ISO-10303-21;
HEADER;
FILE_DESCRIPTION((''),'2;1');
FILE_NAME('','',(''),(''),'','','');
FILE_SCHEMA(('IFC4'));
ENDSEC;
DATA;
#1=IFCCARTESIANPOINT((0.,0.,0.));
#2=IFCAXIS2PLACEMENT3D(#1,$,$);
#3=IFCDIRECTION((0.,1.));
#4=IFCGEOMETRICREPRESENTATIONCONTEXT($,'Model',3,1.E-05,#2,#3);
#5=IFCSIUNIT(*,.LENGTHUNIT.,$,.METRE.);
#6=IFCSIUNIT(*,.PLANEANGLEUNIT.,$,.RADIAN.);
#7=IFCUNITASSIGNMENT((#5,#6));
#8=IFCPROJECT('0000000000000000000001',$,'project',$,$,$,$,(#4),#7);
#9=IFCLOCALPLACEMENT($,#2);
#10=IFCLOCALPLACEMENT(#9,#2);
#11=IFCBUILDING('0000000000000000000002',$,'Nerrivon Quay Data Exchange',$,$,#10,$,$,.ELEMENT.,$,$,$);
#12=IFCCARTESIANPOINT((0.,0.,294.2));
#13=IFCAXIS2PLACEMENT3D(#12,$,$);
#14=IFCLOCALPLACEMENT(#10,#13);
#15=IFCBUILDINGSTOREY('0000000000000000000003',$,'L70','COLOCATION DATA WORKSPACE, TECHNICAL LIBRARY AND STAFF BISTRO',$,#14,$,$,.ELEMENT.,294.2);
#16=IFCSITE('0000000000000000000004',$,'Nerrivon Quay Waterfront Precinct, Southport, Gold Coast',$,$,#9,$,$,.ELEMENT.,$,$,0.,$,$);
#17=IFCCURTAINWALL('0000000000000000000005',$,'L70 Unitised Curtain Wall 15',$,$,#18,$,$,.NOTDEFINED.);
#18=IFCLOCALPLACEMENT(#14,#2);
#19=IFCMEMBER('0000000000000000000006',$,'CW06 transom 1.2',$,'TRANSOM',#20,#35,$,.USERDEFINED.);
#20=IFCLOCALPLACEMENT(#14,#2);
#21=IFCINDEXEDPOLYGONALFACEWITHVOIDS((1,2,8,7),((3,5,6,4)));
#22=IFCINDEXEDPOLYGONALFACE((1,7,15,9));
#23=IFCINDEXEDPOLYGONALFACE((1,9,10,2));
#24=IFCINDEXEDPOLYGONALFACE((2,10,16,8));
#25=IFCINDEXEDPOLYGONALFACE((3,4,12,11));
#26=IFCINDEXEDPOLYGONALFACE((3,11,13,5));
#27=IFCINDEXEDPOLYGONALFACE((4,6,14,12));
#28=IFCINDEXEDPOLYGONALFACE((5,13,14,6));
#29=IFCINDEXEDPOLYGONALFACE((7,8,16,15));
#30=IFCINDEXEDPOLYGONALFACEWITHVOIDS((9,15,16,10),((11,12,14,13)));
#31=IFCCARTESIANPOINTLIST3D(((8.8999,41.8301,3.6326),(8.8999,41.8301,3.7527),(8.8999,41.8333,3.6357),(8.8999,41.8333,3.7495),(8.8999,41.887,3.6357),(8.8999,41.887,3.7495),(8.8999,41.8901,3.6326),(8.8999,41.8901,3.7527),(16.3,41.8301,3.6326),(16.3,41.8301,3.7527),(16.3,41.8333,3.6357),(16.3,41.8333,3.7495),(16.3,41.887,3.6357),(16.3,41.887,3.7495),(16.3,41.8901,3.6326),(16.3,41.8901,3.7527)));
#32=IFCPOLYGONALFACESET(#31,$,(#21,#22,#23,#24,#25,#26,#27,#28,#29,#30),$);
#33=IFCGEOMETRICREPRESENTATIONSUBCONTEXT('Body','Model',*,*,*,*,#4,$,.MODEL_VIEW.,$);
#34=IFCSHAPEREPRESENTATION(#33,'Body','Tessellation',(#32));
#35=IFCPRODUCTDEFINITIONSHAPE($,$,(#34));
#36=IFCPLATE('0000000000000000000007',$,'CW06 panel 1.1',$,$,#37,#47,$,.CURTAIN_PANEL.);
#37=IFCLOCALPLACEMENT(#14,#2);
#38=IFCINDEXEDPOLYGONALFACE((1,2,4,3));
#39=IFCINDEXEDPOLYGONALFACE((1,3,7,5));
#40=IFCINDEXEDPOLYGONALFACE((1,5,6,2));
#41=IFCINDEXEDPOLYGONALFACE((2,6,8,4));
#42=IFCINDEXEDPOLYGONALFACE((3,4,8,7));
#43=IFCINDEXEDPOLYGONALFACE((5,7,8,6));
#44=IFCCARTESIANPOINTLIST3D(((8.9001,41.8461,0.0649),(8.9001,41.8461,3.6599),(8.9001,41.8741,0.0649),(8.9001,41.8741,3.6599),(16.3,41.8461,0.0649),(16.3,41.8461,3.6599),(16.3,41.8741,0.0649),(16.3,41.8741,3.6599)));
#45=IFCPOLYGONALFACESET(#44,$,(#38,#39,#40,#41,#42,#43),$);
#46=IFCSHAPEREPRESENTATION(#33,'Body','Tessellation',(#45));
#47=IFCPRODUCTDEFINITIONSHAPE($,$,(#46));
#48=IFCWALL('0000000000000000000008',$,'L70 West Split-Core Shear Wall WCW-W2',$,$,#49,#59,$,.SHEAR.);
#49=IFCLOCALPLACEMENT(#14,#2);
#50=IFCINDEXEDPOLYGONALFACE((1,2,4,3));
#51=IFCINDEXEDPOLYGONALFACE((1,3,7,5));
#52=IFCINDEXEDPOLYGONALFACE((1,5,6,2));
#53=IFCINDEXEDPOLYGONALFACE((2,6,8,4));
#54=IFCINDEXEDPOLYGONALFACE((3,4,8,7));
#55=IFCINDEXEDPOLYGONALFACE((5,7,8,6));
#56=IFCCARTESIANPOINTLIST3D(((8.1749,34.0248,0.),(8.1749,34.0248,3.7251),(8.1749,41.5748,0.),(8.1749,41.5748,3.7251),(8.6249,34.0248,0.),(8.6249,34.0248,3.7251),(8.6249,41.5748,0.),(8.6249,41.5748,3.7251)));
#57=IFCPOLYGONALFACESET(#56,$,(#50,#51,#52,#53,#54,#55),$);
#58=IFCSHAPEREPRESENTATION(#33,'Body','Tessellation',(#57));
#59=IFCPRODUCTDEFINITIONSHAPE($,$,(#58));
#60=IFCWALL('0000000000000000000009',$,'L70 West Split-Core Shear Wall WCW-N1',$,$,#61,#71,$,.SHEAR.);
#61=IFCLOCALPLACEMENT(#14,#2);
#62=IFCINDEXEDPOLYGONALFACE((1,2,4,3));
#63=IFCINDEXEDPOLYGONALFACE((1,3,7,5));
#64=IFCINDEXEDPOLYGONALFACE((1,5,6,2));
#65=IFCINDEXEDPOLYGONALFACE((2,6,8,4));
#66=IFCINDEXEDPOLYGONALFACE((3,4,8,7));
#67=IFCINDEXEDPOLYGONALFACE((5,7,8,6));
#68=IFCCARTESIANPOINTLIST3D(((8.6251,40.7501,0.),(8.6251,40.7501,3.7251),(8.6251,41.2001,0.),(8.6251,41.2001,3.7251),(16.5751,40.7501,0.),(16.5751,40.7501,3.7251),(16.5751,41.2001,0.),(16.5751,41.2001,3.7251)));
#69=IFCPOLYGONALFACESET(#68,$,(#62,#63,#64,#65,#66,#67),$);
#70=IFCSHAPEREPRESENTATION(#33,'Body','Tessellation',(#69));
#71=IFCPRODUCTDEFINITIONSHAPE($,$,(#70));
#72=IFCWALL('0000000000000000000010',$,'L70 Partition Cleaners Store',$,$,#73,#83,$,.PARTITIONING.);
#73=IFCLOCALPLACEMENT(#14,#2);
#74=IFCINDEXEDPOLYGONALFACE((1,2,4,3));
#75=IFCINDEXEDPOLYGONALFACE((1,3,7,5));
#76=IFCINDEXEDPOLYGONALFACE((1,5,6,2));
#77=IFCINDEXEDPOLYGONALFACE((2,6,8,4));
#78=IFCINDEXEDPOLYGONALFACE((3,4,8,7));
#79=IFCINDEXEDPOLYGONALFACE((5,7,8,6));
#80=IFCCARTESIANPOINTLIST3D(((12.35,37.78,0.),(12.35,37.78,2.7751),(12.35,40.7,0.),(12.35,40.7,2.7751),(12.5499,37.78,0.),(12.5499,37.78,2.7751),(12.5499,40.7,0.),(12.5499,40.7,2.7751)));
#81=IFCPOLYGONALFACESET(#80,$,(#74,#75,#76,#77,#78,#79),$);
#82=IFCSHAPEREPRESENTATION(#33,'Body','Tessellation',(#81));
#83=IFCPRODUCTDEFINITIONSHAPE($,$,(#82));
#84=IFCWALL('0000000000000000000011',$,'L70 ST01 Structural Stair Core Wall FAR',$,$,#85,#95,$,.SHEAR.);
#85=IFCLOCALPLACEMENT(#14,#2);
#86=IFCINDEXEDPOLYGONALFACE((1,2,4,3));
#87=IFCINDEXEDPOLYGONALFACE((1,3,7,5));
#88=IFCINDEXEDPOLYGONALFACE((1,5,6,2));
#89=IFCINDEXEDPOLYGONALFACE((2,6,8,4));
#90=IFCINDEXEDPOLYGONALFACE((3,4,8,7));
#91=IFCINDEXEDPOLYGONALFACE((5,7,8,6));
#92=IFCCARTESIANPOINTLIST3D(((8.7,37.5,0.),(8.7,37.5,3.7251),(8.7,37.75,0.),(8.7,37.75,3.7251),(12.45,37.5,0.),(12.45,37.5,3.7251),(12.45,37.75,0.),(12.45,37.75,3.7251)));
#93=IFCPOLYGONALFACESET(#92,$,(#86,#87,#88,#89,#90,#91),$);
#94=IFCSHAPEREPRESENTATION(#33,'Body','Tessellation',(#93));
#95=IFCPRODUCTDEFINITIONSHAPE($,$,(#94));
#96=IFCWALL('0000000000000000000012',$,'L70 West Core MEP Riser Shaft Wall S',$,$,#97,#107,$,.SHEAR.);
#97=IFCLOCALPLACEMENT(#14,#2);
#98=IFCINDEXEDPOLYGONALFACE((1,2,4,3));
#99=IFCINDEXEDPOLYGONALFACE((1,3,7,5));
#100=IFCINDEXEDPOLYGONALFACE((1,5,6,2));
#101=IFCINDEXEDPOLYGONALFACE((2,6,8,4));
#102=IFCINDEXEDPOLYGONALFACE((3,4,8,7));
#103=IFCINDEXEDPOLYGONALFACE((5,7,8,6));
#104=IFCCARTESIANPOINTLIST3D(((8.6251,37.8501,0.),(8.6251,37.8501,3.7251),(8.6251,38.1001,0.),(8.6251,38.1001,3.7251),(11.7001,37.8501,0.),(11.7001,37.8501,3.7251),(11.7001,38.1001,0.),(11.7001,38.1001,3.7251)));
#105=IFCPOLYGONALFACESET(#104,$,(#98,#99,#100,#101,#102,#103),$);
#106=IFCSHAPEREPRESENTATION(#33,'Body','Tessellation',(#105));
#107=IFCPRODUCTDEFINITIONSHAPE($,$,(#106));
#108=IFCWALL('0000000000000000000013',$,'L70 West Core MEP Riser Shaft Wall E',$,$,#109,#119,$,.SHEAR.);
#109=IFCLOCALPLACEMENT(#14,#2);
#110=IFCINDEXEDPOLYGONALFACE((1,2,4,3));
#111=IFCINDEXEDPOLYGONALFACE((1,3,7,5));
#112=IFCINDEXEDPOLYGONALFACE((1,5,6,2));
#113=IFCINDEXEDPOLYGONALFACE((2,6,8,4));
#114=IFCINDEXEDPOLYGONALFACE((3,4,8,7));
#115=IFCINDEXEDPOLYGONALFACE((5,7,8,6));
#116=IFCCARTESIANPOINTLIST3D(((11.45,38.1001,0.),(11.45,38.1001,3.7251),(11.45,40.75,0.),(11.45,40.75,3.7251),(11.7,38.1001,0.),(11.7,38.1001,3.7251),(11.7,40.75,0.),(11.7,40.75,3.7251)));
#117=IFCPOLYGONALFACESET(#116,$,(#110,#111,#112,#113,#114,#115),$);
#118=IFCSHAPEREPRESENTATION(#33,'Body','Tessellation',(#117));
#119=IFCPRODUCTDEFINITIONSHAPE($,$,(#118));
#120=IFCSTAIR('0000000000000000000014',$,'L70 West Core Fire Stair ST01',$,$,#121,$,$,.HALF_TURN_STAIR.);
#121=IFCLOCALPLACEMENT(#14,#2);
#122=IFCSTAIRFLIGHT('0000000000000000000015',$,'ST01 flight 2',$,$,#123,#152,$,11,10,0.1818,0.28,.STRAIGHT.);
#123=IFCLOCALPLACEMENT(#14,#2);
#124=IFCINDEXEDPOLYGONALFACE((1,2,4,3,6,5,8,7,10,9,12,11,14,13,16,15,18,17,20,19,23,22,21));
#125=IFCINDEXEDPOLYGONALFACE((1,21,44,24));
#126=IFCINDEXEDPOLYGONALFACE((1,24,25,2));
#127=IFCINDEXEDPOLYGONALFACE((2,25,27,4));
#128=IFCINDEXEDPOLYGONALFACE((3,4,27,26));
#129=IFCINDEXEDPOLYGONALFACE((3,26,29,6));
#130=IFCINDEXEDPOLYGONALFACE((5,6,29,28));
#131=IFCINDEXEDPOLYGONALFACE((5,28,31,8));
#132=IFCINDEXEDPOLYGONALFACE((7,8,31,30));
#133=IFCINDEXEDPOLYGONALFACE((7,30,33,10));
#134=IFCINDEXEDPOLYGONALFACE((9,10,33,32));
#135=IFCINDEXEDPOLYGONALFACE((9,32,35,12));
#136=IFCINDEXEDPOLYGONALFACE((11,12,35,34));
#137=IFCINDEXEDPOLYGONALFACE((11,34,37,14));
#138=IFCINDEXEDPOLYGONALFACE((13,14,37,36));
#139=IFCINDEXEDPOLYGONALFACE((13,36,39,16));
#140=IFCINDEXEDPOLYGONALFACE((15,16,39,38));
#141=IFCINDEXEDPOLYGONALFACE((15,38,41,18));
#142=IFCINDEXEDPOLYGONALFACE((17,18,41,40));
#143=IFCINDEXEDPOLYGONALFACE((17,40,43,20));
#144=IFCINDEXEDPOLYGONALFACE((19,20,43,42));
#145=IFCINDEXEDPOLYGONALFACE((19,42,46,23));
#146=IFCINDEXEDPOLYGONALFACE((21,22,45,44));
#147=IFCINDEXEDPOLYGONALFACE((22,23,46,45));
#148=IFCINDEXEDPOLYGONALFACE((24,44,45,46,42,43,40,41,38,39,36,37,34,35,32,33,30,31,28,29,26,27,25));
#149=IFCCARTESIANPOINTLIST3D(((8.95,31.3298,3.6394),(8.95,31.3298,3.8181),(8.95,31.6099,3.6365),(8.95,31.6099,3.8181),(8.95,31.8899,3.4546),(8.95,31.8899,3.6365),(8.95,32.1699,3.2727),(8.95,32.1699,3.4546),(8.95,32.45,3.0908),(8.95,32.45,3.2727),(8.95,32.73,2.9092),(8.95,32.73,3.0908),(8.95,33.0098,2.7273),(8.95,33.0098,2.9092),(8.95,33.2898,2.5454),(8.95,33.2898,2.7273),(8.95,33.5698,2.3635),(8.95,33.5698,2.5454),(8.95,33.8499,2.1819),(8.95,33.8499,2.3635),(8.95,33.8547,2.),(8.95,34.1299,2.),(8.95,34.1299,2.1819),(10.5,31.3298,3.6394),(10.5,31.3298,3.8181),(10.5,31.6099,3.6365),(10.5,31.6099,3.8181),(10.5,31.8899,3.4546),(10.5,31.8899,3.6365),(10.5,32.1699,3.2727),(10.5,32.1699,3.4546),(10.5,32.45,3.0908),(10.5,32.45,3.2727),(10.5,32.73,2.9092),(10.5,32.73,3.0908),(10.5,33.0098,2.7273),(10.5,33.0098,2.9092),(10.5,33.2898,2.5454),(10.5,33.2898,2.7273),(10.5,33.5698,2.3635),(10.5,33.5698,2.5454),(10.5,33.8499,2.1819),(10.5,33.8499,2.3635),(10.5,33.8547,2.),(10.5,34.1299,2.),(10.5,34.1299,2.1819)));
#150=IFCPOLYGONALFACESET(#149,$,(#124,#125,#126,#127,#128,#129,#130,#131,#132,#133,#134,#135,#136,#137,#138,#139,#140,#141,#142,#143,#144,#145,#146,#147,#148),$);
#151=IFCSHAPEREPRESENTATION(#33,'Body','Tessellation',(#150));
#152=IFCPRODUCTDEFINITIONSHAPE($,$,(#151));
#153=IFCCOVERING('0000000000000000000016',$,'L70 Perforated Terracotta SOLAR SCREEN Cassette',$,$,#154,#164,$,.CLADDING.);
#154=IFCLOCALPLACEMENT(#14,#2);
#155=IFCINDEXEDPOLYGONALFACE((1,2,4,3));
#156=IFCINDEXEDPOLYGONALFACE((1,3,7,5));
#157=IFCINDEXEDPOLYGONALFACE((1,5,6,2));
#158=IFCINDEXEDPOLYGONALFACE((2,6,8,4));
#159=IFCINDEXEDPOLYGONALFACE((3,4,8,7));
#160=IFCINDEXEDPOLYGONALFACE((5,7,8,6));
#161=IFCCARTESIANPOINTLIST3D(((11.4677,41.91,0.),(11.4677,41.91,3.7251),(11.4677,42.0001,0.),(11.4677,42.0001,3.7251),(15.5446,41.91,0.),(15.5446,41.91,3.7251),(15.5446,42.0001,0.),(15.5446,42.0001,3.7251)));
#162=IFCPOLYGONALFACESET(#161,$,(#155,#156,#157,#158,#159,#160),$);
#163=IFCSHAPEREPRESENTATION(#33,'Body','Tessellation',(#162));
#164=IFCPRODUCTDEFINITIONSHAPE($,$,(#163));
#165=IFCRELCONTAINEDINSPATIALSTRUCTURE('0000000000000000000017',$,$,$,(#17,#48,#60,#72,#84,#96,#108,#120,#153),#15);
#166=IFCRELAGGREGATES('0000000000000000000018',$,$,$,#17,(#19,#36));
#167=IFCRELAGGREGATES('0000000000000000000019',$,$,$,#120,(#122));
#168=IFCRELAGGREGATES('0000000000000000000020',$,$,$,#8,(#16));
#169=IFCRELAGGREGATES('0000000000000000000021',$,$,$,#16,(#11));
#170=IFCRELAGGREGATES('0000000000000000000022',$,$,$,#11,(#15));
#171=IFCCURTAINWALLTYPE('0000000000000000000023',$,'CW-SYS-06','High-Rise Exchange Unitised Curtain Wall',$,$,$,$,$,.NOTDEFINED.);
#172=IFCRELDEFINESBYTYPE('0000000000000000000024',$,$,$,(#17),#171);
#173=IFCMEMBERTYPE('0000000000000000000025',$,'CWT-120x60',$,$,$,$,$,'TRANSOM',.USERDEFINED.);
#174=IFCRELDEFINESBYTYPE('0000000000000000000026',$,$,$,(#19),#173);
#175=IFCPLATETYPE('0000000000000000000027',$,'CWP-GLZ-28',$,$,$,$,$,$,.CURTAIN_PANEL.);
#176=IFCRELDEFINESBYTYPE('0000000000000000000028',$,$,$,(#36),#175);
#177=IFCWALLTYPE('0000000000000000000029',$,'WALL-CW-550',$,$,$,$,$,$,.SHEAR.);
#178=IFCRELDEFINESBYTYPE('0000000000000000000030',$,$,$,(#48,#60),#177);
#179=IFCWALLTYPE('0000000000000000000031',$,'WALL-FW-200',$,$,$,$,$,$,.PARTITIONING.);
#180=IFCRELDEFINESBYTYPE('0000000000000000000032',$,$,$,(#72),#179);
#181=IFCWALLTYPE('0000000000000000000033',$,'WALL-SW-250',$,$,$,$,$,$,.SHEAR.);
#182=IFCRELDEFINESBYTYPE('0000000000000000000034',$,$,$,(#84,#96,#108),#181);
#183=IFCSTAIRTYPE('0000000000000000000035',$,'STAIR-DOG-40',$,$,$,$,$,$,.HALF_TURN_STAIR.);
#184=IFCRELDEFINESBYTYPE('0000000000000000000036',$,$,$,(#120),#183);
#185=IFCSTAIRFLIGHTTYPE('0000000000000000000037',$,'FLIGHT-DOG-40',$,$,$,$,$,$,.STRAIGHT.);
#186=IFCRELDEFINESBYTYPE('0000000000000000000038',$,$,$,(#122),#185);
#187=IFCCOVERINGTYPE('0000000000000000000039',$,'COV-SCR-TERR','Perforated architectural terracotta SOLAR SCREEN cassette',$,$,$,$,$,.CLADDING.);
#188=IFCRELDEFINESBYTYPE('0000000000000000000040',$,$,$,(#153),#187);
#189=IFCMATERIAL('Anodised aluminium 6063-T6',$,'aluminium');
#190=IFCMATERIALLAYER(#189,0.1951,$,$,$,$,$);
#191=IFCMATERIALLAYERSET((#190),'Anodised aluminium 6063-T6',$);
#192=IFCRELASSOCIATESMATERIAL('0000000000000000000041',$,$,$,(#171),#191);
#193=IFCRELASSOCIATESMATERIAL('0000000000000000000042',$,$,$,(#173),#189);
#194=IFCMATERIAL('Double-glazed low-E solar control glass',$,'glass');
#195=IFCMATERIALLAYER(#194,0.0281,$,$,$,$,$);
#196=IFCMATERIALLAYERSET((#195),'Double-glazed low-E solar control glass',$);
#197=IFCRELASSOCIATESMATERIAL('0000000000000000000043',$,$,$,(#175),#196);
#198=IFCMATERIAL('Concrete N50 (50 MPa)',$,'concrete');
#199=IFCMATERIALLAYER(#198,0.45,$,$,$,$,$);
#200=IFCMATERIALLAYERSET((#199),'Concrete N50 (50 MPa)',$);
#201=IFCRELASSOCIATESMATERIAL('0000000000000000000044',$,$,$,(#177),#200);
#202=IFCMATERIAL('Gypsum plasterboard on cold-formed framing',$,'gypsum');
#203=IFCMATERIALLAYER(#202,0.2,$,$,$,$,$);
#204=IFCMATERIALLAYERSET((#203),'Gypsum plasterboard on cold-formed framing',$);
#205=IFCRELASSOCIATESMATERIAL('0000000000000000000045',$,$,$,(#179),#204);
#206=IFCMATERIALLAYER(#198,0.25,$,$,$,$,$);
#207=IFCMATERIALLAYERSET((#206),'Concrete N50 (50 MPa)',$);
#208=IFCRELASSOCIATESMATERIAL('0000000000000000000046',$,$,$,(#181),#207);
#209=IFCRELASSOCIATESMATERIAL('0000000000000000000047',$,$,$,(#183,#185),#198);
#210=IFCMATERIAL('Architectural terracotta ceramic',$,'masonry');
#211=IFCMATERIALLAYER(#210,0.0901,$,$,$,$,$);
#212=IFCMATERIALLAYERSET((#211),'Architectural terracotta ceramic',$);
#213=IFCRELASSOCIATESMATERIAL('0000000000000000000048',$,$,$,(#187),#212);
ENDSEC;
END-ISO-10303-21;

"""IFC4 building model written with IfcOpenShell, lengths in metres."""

from ifc_helpers import new_model, si_unit, direction, frame, frame_2d, origin, origin_2d, place, context, subcontext, project, spatial, polyline, rectangle, hollow_rectangle, outline, extrude, material, layer, layer_set, material_profile, profile_set, type_object, element, aggregate, save


model = new_model("IFC4")

# Units and contexts
model_context = context("Model", 3, precision=1e-05, world=origin(), true_north=direction((0.0, 1.0)))
body_context = subcontext(model_context, "Body", "Model", "MODEL_VIEW")
ifc_project = project(units=[si_unit("LENGTHUNIT", "METRE"), si_unit("PLANEANGLEUNIT", "RADIAN")], contexts=[model_context])

# Site, building, storey
site_placement = place(None, origin())
site = spatial("IfcSite", under=ifc_project, at=site_placement, Name="Nerrivon Quay Waterfront Precinct, Southport, Gold Coast", CompositionType="ELEMENT", RefElevation=0.0)
building_placement = place(site_placement, origin())
building = spatial("IfcBuilding", under=site, at=building_placement, Name="Nerrivon Quay Data Exchange", CompositionType="ELEMENT")
storey_placement = place(building_placement, frame((0.0, 0.0, 294.2)))
storey = spatial("IfcBuildingStorey", under=building, at=storey_placement, Name="L70", Description="COLOCATION DATA WORKSPACE, TECHNICAL LIBRARY AND STAFF BISTRO", CompositionType="ELEMENT", Elevation=294.2)

# Shared definitions
ifc_material_1 = material(Name="Concrete N50 (50 MPa)", Category="concrete")

# Curtain wall, member, plate
ifc_material_2 = material(Name="Anodised aluminium 6063-T6", Category="aluminium")
ifc_layer_1 = layer(ifc_material_2, 0.1951)
ifc_layer_set_1 = layer_set([ifc_layer_1], Name="Anodised aluminium 6063-T6")
curtain_wall_type = type_object("IfcCurtainWallType", Name="CW-SYS-06", Description="High-Rise Exchange Unitised Curtain Wall", PredefinedType="NOTDEFINED", material=ifc_layer_set_1)
curtain_wall_placement = place(storey_placement, origin())
curtain_wall = element("IfcCurtainWall", 1, at=curtain_wall_placement, inside=storey, type_object=curtain_wall_type, Name="L70 Unitised Curtain Wall 15", PredefinedType="NOTDEFINED")
ifc_material_profile_1 = material_profile(ifc_material_2, hollow_rectangle(XDim=0.0601, YDim=0.1201, WallThickness=0.0032, at=origin_2d()), Name="ALU-TRAN-120x60")
ifc_profile_set_1 = profile_set([ifc_material_profile_1], Name="Anodised aluminium 6063-T6")
member_type_1 = type_object("IfcMemberType", Name="CWT-120x60", ElementType="TRANSOM", PredefinedType="USERDEFINED", material=ifc_profile_set_1)
member_1_placement = place(storey_placement, frame((8.8999, 41.8601, 3.6926), z_axis=(1.0, 0.0, 0.0), x_axis=(0.0, 1.0, 0.0)))
member_1 = element("IfcMember", 2, at=member_1_placement, type_object=member_type_1, Name="CW06 transom 1.2", ObjectType="TRANSOM", PredefinedType="USERDEFINED", context=body_context, shape_type="SweptSolid", body=[
    extrude(hollow_rectangle(XDim=0.0601, YDim=0.1201, WallThickness=0.0032, at=origin_2d()), origin(), (0.0, 0.0, 1.0), 7.4001),
])
ifc_material_3 = material(Name="Double-glazed low-E solar control glass", Category="glass")
ifc_layer_2 = layer(ifc_material_3, 0.0281)
ifc_layer_set_2 = layer_set([ifc_layer_2], Name="Double-glazed low-E solar control glass")
plate_type = type_object("IfcPlateType", Name="CWP-GLZ-28", PredefinedType="CURTAIN_PANEL", material=ifc_layer_set_2)
plate_placement = place(storey_placement, frame((12.6001, 41.8601, 0.0649), z_axis=(0.0, 0.0, 1.0), x_axis=(1.0, 0.0, 0.0)))
plate = element("IfcPlate", 3, at=plate_placement, type_object=plate_type, Name="CW06 panel 1.1", PredefinedType="CURTAIN_PANEL", context=body_context, shape_type="SweptSolid", body=[
    extrude(rectangle(XDim=7.3999, YDim=0.0281, at=origin_2d()), origin(), (0.0, 0.0, 1.0), 3.595),
])
aggregate(curtain_wall, [member_1, plate])

# Walls
ifc_layer_3 = layer(ifc_material_1, 0.45)
ifc_layer_set_3 = layer_set([ifc_layer_3], Name="Concrete N50 (50 MPa)")
wall_type_1 = type_object("IfcWallType", Name="WALL-CW-550", PredefinedType="SHEAR", material=ifc_layer_set_3)
wall_1_placement = place(storey_placement, frame((8.3999, 34.0249, 0.0), z_axis=(0.0, 0.0, 1.0), x_axis=(0.0, 1.0, 0.0)))
element("IfcWall", 4, at=wall_1_placement, inside=storey, type_object=wall_type_1, Name="L70 West Split-Core Shear Wall WCW-W2", PredefinedType="SHEAR", context=body_context, shape_type="SweptSolid", body=[
    extrude(rectangle(XDim=7.55, YDim=0.45, at=frame_2d((3.7749, 0.0))), origin(), (0.0, 0.0, 1.0), 3.7251),
])
wall_2_placement = place(storey_placement, frame((8.625, 40.9751, 0.0), z_axis=(0.0, 0.0, 1.0), x_axis=(1.0, 0.0, 0.0)))
element("IfcWall", 5, at=wall_2_placement, inside=storey, type_object=wall_type_1, Name="L70 West Split-Core Shear Wall WCW-N1", PredefinedType="SHEAR", context=body_context, shape_type="SweptSolid", body=[
    extrude(rectangle(XDim=7.95, YDim=0.45, at=frame_2d((3.9751, 0.0))), origin(), (0.0, 0.0, 1.0), 3.7251),
])
ifc_material_4 = material(Name="Gypsum plasterboard on cold-formed framing", Category="gypsum")
ifc_layer_4 = layer(ifc_material_4, 0.2)
ifc_layer_set_4 = layer_set([ifc_layer_4], Name="Gypsum plasterboard on cold-formed framing")
wall_type_2 = type_object("IfcWallType", Name="WALL-FW-200", PredefinedType="PARTITIONING", material=ifc_layer_set_4)
wall_3_placement = place(storey_placement, frame((12.45, 40.7, 0.0), z_axis=(0.0, 0.0, 1.0), x_axis=(0.0, -1.0, 0.0)))
element("IfcWall", 6, at=wall_3_placement, inside=storey, type_object=wall_type_2, Name="L70 Partition Cleaners Store", PredefinedType="PARTITIONING", context=body_context, shape_type="SweptSolid", body=[
    extrude(rectangle(XDim=2.9199, YDim=0.2, at=frame_2d((1.46, 0.0))), origin(), (0.0, 0.0, 1.0), 2.7751),
])
ifc_layer_5 = layer(ifc_material_1, 0.25)
ifc_layer_set_5 = layer_set([ifc_layer_5], Name="Concrete N50 (50 MPa)")
wall_type_3 = type_object("IfcWallType", Name="WALL-SW-250", PredefinedType="SHEAR", material=ifc_layer_set_5)
wall_4_placement = place(storey_placement, frame((12.45, 37.625, 0.0), z_axis=(0.0, 0.0, 1.0), x_axis=(-1.0, 0.0, 0.0)))
element("IfcWall", 7, at=wall_4_placement, inside=storey, type_object=wall_type_3, Name="L70 ST01 Structural Stair Core Wall FAR", PredefinedType="SHEAR", context=body_context, shape_type="SweptSolid", body=[
    extrude(rectangle(XDim=3.75, YDim=0.25, at=frame_2d((1.875, 0.0))), origin(), (0.0, 0.0, 1.0), 3.7251),
])
wall_5_placement = place(storey_placement, frame((8.625, 37.9751, 0.0), z_axis=(0.0, 0.0, 1.0), x_axis=(1.0, 0.0, 0.0)))
element("IfcWall", 8, at=wall_5_placement, inside=storey, type_object=wall_type_3, Name="L70 West Core MEP Riser Shaft Wall S", PredefinedType="SHEAR", context=body_context, shape_type="SweptSolid", body=[
    extrude(rectangle(XDim=3.075, YDim=0.25, at=frame_2d((1.5376, 0.0))), origin(), (0.0, 0.0, 1.0), 3.7251),
])
wall_6_placement = place(storey_placement, frame((11.575, 38.1001, 0.0), z_axis=(0.0, 0.0, 1.0), x_axis=(0.0, 1.0, 0.0)))
element("IfcWall", 9, at=wall_6_placement, inside=storey, type_object=wall_type_3, Name="L70 West Core MEP Riser Shaft Wall E", PredefinedType="SHEAR", context=body_context, shape_type="SweptSolid", body=[
    extrude(rectangle(XDim=2.6499, YDim=0.25, at=frame_2d((1.325, 0.0))), origin(), (0.0, 0.0, 1.0), 3.7251),
])

# Stair, stair flight
stair_type = type_object("IfcStairType", Name="STAIR-DOG-40", PredefinedType="HALF_TURN_STAIR", material=ifc_material_1)
stair_placement = place(storey_placement, origin())
stair = element("IfcStair", 10, at=stair_placement, inside=storey, type_object=stair_type, Name="L70 West Core Fire Stair ST01", PredefinedType="HALF_TURN_STAIR")
stair_flight_type = type_object("IfcStairFlightType", Name="FLIGHT-DOG-40", PredefinedType="STRAIGHT", material=ifc_material_1)
stair_flight_placement = place(storey_placement, frame((9.7251, 34.1299, 2.0), z_axis=(0.0, 0.0, 1.0), x_axis=(0.0, -1.0, 0.0)))
stair_flight = element("IfcStairFlight", 11, at=stair_flight_placement, type_object=stair_flight_type, Name="ST01 flight 2", NumberOfRisers=11, NumberOfTreads=10, PredefinedType="STRAIGHT", RiserHeight=0.1818, TreadLength=0.28, context=body_context, shape_type="SweptSolid", body=[
    extrude(outline(polyline([(0.0, 0.0), (0.0, 0.1819), (0.28, 0.1819), (0.28, 0.3635), (0.5601, 0.3635), (0.5601, 0.5454), (0.8401, 0.5454), (0.8401, 0.7273), (1.1201, 0.7273), (1.1201, 0.9092), (1.3999, 0.9092), (1.3999, 1.0908), (1.6799, 1.0908), (1.6799, 1.2727), (1.96, 1.2727), (1.96, 1.4546), (2.24, 1.4546), (2.24, 1.6365), (2.52, 1.6365), (2.52, 1.8181), (2.8, 1.8181), (2.8, 2.0), (2.8, 1.6394), (0.2751, 0.0), (0.0, 0.0)])), frame((0.0, 0.7749, 0.0), z_axis=(0.0, -1.0, 0.0), x_axis=(1.0, 0.0, 0.0)), (0.0, 0.0, 1.0), 1.55),
])
aggregate(stair, [stair_flight])

# Covering
ifc_material_5 = material(Name="Architectural terracotta ceramic", Category="masonry")
ifc_layer_6 = layer(ifc_material_5, 0.0901)
ifc_layer_set_6 = layer_set([ifc_layer_6], Name="Architectural terracotta ceramic")
covering_type = type_object("IfcCoveringType", Name="COV-SCR-TERR", Description="Perforated architectural terracotta SOLAR SCREEN cassette", PredefinedType="CLADDING", material=ifc_layer_set_6)
covering_placement = place(storey_placement, frame((13.5061, 41.9551, 0.0), z_axis=(0.0, 0.0, 1.0), x_axis=(1.0, 0.0, 0.0)))
element("IfcCovering", 12, at=covering_placement, inside=storey, type_object=covering_type, Name="L70 Perforated Terracotta SOLAR SCREEN Cassette", PredefinedType="CLADDING", context=body_context, shape_type="SweptSolid", body=[
    extrude(rectangle(XDim=4.0769, YDim=0.0901, at=origin_2d()), origin(), (0.0, 0.0, 1.0), 3.7251),
])

save(model, "model.ifc")
